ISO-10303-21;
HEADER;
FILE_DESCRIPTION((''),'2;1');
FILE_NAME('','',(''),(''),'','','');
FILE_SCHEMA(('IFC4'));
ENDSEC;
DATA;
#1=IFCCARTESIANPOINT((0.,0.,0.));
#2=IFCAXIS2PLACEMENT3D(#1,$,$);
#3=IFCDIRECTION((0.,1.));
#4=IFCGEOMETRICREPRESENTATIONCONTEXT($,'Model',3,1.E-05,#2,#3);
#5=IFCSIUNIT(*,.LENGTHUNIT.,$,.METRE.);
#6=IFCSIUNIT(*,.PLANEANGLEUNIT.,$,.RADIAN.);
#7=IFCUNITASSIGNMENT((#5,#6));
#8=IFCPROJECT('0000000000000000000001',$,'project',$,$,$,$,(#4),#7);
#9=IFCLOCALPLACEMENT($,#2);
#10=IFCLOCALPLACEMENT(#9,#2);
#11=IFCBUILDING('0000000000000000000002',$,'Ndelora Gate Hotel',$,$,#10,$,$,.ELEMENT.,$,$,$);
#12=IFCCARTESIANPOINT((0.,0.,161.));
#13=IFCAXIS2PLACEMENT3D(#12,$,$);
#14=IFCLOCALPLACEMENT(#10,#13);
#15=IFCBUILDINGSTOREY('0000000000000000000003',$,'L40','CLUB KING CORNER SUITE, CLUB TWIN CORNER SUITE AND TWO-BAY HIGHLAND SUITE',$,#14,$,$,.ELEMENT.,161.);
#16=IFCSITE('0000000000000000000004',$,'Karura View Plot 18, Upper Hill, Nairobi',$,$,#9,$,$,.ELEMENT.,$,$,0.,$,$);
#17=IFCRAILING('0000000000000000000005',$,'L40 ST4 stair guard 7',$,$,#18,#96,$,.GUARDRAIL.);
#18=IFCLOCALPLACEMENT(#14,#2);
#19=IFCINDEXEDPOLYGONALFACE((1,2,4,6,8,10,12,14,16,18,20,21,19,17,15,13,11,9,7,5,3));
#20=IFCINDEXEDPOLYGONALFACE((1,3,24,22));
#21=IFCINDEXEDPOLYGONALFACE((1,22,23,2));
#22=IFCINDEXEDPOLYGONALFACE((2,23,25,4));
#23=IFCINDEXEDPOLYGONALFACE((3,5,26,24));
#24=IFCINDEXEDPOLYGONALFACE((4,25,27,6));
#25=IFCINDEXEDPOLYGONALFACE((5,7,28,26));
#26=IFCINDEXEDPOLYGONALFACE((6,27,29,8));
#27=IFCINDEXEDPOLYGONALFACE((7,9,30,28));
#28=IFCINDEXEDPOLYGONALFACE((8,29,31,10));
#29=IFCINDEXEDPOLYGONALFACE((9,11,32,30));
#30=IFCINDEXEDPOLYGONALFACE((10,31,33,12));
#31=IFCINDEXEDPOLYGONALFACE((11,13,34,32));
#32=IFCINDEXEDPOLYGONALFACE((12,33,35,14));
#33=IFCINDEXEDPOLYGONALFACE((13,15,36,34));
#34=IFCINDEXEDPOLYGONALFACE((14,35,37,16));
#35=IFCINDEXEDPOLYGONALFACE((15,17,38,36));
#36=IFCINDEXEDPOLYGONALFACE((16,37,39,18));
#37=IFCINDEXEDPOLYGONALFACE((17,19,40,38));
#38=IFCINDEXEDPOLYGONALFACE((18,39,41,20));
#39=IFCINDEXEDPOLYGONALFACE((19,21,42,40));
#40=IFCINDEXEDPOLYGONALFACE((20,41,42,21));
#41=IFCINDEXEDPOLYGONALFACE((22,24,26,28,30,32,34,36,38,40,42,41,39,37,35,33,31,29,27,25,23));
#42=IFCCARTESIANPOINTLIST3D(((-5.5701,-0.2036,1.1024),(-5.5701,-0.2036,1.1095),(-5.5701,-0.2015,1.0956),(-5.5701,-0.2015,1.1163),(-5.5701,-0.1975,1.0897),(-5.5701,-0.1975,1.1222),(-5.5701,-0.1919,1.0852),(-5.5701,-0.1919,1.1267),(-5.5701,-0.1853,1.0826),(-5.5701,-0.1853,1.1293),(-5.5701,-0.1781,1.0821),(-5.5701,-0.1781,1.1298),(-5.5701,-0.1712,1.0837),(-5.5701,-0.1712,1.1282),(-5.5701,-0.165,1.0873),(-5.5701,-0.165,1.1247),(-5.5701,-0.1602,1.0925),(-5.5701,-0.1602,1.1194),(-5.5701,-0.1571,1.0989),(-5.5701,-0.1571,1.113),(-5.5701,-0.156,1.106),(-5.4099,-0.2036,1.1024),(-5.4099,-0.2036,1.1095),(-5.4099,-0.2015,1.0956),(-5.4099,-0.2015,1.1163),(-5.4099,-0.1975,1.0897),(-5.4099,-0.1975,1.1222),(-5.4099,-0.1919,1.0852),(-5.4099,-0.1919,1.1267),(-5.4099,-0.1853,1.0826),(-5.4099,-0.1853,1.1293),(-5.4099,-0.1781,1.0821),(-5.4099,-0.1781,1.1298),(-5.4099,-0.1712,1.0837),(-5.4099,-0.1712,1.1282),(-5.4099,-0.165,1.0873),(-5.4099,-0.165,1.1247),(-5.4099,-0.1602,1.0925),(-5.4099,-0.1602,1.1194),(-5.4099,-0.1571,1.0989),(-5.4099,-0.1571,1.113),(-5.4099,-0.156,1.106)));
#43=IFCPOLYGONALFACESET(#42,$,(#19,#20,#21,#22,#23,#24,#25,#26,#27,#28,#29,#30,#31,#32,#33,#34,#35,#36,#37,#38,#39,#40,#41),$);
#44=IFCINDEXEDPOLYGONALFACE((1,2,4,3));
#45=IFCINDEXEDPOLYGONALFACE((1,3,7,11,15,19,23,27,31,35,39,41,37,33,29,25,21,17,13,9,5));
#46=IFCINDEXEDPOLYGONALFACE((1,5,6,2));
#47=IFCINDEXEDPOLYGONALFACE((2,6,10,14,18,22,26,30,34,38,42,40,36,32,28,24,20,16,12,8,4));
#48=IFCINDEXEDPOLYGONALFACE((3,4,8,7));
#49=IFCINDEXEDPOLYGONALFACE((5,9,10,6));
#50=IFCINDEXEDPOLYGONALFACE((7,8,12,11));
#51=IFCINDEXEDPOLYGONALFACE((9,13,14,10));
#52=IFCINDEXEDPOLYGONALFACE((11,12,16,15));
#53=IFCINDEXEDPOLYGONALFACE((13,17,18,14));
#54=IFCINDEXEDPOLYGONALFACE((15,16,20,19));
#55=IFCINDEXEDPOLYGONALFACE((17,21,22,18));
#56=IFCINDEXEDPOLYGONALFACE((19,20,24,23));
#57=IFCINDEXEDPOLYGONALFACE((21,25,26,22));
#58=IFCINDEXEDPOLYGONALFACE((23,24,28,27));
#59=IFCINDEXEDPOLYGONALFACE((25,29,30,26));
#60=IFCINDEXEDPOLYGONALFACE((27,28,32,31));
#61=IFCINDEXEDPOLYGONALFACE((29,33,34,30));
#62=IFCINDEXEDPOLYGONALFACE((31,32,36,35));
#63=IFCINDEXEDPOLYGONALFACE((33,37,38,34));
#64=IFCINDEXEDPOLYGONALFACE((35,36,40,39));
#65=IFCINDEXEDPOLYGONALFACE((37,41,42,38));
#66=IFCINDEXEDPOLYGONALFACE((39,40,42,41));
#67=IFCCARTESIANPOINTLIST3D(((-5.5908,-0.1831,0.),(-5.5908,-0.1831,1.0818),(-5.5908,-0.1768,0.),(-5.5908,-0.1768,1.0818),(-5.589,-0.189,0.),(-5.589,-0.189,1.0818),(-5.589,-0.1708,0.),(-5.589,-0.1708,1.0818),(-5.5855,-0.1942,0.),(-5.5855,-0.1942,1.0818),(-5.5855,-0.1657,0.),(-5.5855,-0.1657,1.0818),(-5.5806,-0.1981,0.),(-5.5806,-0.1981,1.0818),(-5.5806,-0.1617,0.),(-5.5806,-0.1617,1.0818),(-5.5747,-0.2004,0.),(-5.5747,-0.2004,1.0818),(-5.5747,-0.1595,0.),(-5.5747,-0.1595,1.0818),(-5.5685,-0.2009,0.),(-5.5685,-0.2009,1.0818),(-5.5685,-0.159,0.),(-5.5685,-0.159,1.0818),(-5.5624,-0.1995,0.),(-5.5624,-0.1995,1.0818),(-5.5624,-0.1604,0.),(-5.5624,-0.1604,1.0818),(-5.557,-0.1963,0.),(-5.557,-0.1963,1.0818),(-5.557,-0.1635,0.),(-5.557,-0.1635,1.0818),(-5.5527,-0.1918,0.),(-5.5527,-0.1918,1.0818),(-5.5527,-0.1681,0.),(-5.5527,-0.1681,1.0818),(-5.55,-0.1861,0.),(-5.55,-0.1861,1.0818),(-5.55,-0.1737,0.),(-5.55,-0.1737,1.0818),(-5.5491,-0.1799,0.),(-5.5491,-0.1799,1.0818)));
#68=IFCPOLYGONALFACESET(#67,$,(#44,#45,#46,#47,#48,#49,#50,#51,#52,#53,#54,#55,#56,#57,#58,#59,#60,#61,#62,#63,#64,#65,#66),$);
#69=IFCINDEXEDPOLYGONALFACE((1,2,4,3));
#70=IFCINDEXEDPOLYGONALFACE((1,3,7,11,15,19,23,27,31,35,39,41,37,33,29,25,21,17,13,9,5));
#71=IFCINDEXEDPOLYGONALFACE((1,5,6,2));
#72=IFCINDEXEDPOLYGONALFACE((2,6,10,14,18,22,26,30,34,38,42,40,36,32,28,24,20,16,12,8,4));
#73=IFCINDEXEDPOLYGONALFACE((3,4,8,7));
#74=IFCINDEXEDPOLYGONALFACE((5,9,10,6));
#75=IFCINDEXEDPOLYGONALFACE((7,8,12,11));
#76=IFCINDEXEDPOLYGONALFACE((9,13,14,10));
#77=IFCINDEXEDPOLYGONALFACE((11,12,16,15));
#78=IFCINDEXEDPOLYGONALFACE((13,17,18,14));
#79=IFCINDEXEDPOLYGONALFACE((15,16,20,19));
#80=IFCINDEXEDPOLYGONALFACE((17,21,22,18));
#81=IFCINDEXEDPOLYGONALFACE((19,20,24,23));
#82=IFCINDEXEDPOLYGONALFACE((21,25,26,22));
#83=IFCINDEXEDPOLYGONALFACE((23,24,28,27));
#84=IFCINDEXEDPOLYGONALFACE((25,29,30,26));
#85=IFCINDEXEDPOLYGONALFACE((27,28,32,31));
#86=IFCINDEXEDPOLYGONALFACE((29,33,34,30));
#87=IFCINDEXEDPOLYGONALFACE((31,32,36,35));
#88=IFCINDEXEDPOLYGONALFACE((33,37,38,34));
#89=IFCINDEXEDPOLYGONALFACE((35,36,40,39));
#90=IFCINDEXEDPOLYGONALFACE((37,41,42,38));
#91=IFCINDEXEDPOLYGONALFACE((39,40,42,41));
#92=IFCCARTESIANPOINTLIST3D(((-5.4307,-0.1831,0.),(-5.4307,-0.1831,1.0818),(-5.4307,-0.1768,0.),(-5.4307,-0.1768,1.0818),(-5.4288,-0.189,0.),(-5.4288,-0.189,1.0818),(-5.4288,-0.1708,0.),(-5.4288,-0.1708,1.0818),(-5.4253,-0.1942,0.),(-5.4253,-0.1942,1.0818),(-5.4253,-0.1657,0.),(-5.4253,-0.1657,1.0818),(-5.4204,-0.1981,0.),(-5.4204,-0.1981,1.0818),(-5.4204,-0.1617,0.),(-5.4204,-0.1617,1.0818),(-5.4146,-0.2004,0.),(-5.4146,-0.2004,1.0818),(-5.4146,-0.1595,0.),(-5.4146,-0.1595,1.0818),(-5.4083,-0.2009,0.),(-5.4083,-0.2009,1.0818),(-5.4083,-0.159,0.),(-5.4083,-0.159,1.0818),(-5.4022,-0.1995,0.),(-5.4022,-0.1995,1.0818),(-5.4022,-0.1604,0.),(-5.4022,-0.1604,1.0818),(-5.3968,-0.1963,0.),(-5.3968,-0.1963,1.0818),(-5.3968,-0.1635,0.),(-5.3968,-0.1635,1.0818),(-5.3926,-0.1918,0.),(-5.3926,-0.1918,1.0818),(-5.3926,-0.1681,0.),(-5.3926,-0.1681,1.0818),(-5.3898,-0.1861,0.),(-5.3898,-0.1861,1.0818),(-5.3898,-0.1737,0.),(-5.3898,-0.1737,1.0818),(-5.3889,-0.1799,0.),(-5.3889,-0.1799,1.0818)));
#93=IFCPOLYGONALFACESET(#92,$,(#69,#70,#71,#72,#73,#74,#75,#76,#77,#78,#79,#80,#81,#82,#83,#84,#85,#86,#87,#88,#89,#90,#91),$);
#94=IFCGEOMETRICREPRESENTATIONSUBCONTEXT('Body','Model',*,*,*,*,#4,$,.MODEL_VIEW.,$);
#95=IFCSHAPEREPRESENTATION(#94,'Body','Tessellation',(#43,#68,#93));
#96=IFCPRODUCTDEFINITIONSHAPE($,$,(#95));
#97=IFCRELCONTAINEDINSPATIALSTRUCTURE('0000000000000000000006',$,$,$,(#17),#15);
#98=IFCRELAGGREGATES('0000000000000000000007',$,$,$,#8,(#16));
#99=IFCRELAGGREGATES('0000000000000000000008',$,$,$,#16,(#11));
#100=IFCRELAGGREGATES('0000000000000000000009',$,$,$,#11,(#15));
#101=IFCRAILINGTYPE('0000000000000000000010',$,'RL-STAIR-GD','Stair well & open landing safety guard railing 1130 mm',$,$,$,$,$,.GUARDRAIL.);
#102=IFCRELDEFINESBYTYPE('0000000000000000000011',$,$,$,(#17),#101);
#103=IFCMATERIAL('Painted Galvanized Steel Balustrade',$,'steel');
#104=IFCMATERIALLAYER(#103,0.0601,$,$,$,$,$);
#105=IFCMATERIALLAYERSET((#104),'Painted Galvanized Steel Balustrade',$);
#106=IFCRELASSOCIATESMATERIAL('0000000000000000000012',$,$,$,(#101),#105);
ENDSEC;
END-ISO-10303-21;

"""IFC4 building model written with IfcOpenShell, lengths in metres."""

from ifc_helpers import new_model, si_unit, direction, frame, origin, origin_2d, place, context, subcontext, project, spatial, circle, extrude, material, layer, layer_set, type_object, element, save


model = new_model("IFC4")

# Units and contexts
model_context = context("Model", 3, precision=1e-05, world=origin(), true_north=direction((0.0, 1.0)))
body_context = subcontext(model_context, "Body", "Model", "MODEL_VIEW")
ifc_project = project(units=[si_unit("LENGTHUNIT", "METRE"), si_unit("PLANEANGLEUNIT", "RADIAN")], contexts=[model_context])

# Site, building, storey
site_placement = place(None, origin())
site = spatial("IfcSite", under=ifc_project, at=site_placement, Name="Karura View Plot 18, Upper Hill, Nairobi", CompositionType="ELEMENT", RefElevation=0.0)
building_placement = place(site_placement, origin())
building = spatial("IfcBuilding", under=site, at=building_placement, Name="Ndelora Gate Hotel", CompositionType="ELEMENT")
storey_placement = place(building_placement, frame((0.0, 0.0, 161.0)))
storey = spatial("IfcBuildingStorey", under=building, at=storey_placement, Name="L40", Description="CLUB KING CORNER SUITE, CLUB TWIN CORNER SUITE AND TWO-BAY HIGHLAND SUITE", CompositionType="ELEMENT", Elevation=161.0)

# Railing
ifc_material_1 = material(Name="Painted Galvanized Steel Balustrade", Category="steel")
ifc_layer_1 = layer(ifc_material_1, 0.0601)
ifc_layer_set_1 = layer_set([ifc_layer_1], Name="Painted Galvanized Steel Balustrade")
railing_type_1 = type_object("IfcRailingType", Name="RL-STAIR-GD", Description="Stair well & open landing safety guard railing 1130 mm", PredefinedType="GUARDRAIL", material=ifc_layer_set_1)
railing_1_placement = place(storey_placement, frame((-5.5701, -0.1799, 0.0)))
element("IfcRailing", 1, at=railing_1_placement, inside=storey, type_object=railing_type_1, Name="L40 ST4 stair guard 7", PredefinedType="GUARDRAIL", context=body_context, shape_type="SweptSolid", body=[
    extrude(circle(Radius=0.0239, at=origin_2d()), frame((0.0, 0.0, 1.106), z_axis=(1.0, 0.0, 0.0), x_axis=(0.0, 1.0, 0.0)), (0.0, 0.0, 1.0), 0.1602),
    extrude(circle(Radius=0.021, at=origin_2d()), origin(), (0.0, 0.0, 1.0), 1.0818),
    extrude(circle(Radius=0.021, at=origin_2d()), frame((0.1602, 0.0, 0.0)), (0.0, 0.0, 1.0), 1.0818),
])

save(model, "model.ifc")
